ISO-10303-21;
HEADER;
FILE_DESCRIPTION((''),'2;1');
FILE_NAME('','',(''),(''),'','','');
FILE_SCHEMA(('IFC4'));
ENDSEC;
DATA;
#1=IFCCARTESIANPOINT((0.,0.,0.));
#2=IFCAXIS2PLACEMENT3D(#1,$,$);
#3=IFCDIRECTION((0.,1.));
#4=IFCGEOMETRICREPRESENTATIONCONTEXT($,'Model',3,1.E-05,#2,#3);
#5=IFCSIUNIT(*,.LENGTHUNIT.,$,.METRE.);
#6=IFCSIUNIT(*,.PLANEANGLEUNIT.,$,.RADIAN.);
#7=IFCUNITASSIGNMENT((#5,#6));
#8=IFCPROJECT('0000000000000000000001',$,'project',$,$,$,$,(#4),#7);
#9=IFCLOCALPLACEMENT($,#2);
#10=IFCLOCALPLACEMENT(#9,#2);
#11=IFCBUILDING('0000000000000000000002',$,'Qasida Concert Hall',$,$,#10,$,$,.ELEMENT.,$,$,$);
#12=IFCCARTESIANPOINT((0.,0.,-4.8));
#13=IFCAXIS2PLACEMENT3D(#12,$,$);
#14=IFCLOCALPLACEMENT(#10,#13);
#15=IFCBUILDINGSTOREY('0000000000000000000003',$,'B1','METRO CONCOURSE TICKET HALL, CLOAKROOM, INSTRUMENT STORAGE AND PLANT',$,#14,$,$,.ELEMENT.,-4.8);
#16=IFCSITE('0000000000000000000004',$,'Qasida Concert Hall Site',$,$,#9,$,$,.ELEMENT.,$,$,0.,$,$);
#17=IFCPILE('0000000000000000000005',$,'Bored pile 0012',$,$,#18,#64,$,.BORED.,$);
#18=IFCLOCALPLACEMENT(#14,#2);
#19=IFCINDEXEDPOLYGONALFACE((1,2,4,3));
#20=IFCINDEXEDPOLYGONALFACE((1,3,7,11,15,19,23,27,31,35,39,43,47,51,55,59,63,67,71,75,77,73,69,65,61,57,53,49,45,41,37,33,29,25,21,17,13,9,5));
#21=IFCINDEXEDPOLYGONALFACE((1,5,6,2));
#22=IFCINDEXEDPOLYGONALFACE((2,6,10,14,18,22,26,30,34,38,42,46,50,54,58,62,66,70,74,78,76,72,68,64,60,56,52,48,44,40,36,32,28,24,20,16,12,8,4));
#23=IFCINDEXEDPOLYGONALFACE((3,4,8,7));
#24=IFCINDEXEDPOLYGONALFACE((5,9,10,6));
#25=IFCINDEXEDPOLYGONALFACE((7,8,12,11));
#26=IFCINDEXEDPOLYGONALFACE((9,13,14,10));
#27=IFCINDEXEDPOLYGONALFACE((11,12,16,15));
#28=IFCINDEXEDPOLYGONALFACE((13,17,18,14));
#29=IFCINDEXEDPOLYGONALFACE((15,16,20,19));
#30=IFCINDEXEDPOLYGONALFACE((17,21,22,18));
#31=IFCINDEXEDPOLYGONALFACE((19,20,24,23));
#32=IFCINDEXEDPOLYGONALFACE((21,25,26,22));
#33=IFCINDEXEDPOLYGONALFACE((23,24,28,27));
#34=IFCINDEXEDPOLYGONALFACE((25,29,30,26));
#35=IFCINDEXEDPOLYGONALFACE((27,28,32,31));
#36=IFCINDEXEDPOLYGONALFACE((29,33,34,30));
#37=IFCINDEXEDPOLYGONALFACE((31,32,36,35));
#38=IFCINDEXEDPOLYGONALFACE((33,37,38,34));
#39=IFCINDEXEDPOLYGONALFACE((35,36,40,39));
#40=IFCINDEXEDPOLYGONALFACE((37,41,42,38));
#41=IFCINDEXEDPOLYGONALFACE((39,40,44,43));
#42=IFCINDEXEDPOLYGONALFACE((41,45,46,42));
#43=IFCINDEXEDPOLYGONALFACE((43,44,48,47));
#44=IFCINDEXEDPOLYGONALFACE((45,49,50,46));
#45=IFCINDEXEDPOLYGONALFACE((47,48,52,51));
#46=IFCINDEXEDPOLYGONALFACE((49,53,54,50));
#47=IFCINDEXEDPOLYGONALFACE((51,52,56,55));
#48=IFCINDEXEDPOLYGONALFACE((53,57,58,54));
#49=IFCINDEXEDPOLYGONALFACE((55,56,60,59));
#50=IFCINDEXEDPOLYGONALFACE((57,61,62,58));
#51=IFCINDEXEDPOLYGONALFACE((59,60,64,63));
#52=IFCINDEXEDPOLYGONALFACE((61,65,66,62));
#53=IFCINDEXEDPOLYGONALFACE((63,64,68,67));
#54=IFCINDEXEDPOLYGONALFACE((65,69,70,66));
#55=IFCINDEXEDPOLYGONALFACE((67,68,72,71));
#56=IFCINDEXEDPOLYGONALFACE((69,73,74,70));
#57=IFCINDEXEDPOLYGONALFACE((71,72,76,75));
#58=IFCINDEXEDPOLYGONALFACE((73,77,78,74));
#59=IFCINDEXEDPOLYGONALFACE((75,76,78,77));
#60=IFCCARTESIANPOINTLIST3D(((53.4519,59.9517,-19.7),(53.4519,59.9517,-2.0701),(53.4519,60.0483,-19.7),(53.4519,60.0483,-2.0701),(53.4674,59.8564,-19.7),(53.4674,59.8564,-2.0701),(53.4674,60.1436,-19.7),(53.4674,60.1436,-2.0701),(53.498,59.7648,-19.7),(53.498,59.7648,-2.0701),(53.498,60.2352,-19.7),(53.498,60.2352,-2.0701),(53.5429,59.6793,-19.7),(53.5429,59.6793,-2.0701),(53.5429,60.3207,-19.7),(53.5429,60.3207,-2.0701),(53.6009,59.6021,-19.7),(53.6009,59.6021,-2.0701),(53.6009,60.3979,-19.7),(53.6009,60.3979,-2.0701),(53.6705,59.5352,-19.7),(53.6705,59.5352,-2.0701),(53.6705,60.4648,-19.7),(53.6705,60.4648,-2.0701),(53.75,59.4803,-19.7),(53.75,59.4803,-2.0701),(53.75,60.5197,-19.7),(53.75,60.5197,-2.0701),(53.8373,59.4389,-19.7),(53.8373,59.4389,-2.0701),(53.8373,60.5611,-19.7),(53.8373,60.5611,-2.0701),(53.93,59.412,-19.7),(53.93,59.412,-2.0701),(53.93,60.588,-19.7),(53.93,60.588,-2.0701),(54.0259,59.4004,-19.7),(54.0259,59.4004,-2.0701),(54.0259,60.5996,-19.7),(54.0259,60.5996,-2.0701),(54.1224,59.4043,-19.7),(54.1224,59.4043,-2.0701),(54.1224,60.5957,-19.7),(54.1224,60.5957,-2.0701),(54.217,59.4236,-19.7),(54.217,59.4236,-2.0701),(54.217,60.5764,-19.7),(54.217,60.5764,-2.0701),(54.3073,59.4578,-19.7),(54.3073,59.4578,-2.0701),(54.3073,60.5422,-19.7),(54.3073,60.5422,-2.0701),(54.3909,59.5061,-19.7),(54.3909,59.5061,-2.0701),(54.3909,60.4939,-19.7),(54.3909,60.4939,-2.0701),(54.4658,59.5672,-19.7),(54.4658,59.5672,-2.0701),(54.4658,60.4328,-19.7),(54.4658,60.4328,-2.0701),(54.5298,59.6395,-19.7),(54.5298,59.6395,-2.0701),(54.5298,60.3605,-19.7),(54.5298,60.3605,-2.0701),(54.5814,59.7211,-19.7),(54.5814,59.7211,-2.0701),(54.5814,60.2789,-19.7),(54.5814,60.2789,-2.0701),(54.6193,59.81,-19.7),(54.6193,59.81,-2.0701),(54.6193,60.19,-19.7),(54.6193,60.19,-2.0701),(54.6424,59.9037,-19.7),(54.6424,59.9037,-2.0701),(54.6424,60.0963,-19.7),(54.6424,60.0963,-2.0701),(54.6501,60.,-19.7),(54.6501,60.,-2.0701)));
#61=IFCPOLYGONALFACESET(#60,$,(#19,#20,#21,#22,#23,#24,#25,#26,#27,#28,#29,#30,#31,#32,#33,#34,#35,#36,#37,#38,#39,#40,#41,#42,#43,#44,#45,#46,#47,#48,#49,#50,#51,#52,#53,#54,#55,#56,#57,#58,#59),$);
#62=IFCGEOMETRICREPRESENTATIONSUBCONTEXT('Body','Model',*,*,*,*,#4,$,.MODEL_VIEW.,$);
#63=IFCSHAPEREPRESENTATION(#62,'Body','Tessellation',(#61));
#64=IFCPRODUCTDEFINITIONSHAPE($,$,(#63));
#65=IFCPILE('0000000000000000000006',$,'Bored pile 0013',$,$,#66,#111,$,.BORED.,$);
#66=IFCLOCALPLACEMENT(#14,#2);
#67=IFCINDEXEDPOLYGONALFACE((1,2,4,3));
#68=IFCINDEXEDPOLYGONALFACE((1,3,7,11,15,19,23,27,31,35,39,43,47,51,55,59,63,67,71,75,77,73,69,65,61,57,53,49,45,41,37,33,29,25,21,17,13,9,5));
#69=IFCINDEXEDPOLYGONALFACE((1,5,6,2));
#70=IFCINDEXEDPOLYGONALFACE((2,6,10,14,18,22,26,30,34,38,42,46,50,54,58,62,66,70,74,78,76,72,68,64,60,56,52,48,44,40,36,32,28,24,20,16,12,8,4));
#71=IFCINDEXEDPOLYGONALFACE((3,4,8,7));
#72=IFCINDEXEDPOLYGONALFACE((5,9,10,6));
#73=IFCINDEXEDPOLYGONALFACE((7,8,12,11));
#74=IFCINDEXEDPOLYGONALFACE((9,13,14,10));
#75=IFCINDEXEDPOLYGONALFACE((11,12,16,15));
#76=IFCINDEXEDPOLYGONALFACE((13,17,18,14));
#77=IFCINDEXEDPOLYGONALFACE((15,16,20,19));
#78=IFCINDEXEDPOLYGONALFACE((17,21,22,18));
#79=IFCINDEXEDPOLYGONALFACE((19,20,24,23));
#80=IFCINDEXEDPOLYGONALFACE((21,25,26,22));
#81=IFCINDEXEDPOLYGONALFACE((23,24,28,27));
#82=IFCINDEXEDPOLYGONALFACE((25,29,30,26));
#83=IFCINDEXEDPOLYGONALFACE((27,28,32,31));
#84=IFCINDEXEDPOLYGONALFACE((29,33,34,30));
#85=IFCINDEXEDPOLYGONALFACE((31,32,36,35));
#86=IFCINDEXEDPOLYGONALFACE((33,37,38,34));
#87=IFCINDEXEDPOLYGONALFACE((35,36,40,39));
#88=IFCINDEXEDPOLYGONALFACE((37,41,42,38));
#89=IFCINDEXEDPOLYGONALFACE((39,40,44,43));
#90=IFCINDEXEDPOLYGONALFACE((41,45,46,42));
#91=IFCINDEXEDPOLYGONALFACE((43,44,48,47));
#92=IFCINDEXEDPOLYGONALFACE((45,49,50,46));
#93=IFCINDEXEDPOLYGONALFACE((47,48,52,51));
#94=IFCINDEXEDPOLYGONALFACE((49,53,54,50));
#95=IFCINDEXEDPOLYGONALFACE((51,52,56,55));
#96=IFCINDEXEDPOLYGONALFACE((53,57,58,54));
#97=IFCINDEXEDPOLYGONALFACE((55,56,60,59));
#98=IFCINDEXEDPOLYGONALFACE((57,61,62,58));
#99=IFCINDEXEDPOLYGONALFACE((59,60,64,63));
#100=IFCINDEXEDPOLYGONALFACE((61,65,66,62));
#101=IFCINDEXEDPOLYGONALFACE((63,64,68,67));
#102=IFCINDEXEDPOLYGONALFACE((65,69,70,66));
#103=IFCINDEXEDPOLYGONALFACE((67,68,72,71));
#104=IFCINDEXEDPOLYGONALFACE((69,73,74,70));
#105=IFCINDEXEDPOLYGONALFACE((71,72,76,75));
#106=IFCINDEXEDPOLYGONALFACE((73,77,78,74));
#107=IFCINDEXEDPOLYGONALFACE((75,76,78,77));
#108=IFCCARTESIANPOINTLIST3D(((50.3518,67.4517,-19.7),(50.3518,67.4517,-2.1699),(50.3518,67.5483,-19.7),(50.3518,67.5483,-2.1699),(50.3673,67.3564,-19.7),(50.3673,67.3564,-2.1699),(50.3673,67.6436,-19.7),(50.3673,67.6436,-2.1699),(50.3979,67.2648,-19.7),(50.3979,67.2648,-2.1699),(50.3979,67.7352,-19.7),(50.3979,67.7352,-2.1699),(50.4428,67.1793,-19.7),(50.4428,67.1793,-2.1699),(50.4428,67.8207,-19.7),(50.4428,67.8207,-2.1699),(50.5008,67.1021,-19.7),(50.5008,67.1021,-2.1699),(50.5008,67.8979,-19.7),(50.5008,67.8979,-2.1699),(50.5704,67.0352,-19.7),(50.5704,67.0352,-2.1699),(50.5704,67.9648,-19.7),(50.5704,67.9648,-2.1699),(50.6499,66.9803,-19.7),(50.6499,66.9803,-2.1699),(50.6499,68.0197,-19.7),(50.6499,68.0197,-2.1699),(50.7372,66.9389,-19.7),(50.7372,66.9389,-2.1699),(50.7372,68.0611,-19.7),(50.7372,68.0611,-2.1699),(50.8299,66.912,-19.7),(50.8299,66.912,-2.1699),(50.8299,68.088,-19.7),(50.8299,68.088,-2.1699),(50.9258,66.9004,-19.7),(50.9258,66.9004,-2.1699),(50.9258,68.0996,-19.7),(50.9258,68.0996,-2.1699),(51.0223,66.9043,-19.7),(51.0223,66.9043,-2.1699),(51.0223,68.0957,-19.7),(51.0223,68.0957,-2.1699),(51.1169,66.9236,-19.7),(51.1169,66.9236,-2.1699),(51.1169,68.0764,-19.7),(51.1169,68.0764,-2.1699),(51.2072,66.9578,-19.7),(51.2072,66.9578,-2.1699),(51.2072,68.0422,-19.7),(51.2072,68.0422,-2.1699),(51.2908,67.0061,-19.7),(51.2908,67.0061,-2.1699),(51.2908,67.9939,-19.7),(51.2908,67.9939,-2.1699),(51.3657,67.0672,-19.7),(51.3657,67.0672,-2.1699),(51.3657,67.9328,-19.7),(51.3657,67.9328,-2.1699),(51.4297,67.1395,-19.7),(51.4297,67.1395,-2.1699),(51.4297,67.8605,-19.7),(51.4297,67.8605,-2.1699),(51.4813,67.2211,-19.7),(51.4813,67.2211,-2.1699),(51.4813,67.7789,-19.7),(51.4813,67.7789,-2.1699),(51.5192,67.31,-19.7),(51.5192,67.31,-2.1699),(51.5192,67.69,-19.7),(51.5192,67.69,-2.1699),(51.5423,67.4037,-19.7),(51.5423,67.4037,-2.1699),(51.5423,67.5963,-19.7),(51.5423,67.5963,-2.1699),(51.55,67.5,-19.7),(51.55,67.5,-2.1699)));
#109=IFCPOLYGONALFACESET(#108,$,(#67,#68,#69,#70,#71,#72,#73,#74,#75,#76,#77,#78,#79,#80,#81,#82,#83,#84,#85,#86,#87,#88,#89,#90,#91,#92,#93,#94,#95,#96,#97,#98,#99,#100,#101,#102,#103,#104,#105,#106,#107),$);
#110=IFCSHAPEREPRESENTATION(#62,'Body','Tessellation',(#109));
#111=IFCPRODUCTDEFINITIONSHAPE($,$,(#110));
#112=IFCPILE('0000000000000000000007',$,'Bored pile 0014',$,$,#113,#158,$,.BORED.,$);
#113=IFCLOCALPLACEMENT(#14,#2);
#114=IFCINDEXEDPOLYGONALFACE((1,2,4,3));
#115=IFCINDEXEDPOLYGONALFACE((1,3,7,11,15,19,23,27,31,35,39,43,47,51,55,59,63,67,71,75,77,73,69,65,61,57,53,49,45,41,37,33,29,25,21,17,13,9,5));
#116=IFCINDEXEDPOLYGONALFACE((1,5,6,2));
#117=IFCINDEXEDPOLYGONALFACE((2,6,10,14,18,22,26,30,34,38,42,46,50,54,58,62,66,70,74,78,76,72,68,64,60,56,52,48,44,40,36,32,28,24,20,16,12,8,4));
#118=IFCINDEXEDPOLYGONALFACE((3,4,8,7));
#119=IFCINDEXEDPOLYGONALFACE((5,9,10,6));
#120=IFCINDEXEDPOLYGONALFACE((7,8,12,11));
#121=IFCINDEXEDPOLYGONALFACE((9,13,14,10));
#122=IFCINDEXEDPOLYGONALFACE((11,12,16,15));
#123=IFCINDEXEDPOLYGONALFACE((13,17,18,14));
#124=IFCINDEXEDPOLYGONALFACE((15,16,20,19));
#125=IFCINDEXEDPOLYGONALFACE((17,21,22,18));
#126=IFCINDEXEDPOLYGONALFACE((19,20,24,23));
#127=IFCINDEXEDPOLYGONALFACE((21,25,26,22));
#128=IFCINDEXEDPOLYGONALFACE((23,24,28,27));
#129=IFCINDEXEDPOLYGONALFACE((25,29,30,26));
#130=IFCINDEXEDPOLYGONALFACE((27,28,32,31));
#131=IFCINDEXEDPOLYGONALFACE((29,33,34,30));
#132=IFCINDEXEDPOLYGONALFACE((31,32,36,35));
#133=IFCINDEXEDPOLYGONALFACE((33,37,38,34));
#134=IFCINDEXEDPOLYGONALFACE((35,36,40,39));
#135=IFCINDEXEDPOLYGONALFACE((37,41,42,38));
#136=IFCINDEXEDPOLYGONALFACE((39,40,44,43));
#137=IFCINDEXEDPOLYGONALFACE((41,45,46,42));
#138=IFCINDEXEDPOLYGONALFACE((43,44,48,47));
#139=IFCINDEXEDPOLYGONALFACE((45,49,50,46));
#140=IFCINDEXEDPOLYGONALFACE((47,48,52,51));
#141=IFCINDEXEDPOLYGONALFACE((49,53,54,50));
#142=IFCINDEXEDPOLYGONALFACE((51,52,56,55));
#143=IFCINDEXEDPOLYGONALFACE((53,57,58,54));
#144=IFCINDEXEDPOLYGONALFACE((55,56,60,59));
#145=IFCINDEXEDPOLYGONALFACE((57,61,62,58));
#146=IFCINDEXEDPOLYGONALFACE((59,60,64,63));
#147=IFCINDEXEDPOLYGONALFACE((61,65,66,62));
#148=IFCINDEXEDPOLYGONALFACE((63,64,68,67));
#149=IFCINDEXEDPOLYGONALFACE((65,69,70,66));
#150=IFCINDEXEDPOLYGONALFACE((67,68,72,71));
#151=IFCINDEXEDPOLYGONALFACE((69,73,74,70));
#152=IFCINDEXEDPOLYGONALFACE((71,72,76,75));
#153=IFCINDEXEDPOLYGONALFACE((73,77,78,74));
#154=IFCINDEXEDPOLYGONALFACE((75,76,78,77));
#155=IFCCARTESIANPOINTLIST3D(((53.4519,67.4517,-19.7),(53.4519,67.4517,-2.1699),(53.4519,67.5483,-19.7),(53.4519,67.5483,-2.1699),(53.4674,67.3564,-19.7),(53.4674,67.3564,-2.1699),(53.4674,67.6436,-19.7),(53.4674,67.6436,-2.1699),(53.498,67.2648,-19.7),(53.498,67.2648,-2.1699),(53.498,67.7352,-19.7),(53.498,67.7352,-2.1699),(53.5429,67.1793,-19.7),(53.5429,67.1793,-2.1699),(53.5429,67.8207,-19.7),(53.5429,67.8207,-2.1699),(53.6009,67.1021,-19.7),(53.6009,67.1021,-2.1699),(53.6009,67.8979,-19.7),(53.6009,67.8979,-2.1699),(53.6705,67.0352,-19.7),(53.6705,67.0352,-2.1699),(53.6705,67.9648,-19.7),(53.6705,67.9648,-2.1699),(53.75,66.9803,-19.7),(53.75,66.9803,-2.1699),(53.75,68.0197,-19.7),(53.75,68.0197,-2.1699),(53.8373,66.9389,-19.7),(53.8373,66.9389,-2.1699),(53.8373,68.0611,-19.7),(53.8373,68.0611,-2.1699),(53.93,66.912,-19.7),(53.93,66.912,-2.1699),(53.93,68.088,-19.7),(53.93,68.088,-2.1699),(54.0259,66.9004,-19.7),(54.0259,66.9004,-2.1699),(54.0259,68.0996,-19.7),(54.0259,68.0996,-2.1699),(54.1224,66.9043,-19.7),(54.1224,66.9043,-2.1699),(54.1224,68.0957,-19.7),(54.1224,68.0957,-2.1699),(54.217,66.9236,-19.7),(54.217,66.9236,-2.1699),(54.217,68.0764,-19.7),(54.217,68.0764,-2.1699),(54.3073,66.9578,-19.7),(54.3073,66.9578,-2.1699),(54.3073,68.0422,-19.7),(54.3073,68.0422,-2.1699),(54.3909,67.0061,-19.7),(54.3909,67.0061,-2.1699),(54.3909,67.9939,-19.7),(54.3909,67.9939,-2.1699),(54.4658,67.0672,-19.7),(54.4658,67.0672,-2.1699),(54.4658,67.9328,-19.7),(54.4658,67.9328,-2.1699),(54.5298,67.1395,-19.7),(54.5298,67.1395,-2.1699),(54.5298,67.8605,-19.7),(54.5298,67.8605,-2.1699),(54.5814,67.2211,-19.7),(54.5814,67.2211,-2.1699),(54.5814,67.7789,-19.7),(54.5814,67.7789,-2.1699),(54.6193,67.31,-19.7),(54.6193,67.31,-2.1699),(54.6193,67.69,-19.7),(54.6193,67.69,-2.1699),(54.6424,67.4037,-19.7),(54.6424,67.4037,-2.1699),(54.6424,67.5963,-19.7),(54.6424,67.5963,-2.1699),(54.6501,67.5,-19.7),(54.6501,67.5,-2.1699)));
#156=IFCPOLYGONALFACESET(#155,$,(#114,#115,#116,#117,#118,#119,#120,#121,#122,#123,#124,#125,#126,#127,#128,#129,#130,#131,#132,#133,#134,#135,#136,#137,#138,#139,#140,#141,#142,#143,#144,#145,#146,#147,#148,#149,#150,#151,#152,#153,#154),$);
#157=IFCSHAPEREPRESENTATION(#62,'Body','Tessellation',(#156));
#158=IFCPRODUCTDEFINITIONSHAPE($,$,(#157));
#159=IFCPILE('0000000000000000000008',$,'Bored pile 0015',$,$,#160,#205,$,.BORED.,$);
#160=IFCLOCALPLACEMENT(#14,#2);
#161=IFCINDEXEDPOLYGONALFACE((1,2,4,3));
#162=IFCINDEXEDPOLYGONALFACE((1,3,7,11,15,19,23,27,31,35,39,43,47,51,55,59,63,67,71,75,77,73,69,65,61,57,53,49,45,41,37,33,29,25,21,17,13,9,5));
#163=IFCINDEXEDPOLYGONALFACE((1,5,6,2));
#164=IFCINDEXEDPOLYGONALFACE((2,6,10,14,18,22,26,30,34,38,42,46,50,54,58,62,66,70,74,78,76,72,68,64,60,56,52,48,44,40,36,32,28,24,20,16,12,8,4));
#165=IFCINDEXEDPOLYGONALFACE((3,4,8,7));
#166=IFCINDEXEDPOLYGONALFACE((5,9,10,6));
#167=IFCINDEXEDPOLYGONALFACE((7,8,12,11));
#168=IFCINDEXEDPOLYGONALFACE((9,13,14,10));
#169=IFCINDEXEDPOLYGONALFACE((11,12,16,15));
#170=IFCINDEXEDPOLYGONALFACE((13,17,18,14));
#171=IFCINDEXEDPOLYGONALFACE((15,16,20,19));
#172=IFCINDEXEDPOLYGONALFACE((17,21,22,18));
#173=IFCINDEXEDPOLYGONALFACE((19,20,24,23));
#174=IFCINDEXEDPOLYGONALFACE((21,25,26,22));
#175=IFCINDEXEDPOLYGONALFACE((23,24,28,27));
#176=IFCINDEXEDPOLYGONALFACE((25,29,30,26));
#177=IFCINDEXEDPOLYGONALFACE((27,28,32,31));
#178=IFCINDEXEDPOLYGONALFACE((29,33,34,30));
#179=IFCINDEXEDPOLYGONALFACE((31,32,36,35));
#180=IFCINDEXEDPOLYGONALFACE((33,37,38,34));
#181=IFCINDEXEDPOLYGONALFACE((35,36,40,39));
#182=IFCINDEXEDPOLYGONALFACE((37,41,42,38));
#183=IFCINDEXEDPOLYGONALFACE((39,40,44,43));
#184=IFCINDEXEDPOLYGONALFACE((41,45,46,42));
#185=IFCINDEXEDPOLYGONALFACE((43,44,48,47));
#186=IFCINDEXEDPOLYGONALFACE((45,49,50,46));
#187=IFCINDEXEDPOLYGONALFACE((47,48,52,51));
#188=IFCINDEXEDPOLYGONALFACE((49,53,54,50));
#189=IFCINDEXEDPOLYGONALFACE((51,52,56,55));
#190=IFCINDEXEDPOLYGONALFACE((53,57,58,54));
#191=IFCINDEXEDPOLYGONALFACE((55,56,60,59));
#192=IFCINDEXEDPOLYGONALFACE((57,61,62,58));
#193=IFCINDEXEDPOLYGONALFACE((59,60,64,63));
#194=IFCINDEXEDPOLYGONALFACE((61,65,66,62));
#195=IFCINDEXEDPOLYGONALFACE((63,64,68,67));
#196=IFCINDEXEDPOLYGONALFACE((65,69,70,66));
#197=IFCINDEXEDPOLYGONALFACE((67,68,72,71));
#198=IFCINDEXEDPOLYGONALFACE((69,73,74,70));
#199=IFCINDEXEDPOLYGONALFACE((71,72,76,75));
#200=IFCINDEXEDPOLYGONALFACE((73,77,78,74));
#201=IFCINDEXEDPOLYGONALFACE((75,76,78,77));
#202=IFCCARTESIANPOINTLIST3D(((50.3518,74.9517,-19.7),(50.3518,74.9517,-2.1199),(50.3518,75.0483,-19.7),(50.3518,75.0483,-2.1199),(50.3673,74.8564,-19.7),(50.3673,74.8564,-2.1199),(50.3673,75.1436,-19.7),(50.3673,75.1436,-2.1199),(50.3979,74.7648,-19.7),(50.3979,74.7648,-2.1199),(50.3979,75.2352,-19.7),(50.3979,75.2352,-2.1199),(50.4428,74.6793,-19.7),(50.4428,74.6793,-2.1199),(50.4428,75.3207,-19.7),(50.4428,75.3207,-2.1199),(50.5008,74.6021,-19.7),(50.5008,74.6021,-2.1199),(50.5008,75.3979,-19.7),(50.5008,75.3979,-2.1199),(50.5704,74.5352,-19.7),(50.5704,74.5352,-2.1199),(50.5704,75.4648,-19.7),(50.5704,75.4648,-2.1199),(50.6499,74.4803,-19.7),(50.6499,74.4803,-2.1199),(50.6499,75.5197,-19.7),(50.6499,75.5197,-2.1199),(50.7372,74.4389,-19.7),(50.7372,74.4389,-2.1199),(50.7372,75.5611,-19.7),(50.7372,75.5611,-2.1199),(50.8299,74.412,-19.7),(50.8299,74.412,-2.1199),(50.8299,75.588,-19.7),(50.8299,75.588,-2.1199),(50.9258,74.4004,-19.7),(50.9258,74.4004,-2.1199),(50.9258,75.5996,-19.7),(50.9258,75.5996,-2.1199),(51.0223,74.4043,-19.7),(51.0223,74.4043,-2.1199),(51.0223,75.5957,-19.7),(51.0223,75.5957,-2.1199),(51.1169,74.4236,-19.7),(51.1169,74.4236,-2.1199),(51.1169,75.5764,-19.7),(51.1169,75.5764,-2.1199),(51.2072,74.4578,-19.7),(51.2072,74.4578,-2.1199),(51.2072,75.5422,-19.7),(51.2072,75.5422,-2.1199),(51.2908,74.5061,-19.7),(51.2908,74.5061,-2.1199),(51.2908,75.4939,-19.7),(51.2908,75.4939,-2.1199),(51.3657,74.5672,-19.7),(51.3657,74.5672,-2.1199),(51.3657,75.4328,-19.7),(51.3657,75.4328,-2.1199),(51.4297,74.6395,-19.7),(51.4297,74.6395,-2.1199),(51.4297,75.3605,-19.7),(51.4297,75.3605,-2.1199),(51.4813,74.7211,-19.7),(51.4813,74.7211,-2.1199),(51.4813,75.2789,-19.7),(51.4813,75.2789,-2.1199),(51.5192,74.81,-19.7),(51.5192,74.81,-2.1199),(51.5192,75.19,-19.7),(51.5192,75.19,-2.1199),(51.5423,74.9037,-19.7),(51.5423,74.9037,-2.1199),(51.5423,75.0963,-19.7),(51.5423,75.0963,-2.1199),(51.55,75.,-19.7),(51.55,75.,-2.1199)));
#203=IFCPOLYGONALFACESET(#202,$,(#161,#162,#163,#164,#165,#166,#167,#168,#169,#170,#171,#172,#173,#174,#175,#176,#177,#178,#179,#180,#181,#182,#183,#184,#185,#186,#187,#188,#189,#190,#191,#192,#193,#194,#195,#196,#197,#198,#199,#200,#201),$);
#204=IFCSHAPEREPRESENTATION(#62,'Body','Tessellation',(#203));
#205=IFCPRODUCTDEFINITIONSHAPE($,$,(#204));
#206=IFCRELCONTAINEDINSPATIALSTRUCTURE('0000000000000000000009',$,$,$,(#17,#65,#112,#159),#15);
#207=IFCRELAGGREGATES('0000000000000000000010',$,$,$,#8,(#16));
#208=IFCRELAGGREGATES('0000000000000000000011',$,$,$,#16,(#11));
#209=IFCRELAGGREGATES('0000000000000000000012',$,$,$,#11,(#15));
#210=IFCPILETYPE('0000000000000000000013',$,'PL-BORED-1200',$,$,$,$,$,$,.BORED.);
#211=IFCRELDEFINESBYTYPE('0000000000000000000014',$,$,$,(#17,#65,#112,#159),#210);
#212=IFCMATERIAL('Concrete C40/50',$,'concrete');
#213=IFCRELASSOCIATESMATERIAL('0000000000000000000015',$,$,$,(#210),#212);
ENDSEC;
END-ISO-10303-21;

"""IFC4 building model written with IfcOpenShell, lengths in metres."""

from ifc_helpers import new_model, si_unit, direction, frame, origin, origin_2d, place, context, subcontext, project, spatial, circle, extrude, material, material_profile, profile_set, type_object, element, save


model = new_model("IFC4")

# Units and contexts
model_context = context("Model", 3, precision=1e-05, world=origin(), true_north=direction((0.0, 1.0)))
body_context = subcontext(model_context, "Body", "Model", "MODEL_VIEW")
ifc_project = project(units=[si_unit("LENGTHUNIT", "METRE"), si_unit("PLANEANGLEUNIT", "RADIAN")], contexts=[model_context])

# Site, building, storey
site_placement = place(None, origin())
site = spatial("IfcSite", under=ifc_project, at=site_placement, Name="Qasida Concert Hall Site", CompositionType="ELEMENT", RefElevation=0.0)
building_placement = place(site_placement, origin())
building = spatial("IfcBuilding", under=site, at=building_placement, Name="Qasida Concert Hall", CompositionType="ELEMENT")
storey_placement = place(building_placement, frame((0.0, 0.0, -4.8)))
storey = spatial("IfcBuildingStorey", under=building, at=storey_placement, Name="B1", Description="METRO CONCOURSE TICKET HALL, CLOAKROOM, INSTRUMENT STORAGE AND PLANT", CompositionType="ELEMENT", Elevation=-4.8)

# Shared definitions
ifc_material_1 = material(Name="Concrete C40/50", Category="concrete")

# Piles
ifc_material_profile_1 = material_profile(ifc_material_1, circle(Radius=0.6001, at=origin_2d()), Name="BORED PILE D1200")
ifc_profile_set_1 = profile_set([ifc_material_profile_1], Name="Concrete C40/50")
pile_type_1 = type_object("IfcPileType", Name="PL-BORED-1200", PredefinedType="BORED", material=ifc_profile_set_1)
for number, where, z_axis, x_axis, name in (
    (1, (54.05, 60.0, -2.0701), (0.0, 0.0, -1.0), (1.0, 0.0, 0.0), "Bored pile 0012"),
):
    element("IfcPile", number, at=place(storey_placement, frame(where, z_axis=z_axis, x_axis=x_axis)), inside=storey, type_object=pile_type_1, Name=name, PredefinedType="BORED", context=body_context, shape_type="SweptSolid", body=[
        extrude(circle(Radius=0.6001, at=origin_2d()), origin(), (0.0, 0.0, 1.0), 17.6299),
    ])
for number, where, z_axis, x_axis, name in (
    (2, (50.95, 67.5, -2.1699), (0.0, 0.0, -1.0), (1.0, 0.0, 0.0), "Bored pile 0013"),
    (3, (54.05, 67.5, -2.1699), (0.0, 0.0, -1.0), (1.0, 0.0, 0.0), "Bored pile 0014"),
):
    element("IfcPile", number, at=place(storey_placement, frame(where, z_axis=z_axis, x_axis=x_axis)), inside=storey, type_object=pile_type_1, Name=name, PredefinedType="BORED", context=body_context, shape_type="SweptSolid", body=[
        extrude(circle(Radius=0.6001, at=origin_2d()), origin(), (0.0, 0.0, 1.0), 17.53),
    ])
pile_placement = place(storey_placement, frame((50.95, 75.0, -2.1199), z_axis=(0.0, 0.0, -1.0), x_axis=(1.0, 0.0, 0.0)))
element("IfcPile", 4, at=pile_placement, inside=storey, type_object=pile_type_1, Name="Bored pile 0015", PredefinedType="BORED", context=body_context, shape_type="SweptSolid", body=[
    extrude(circle(Radius=0.6001, at=origin_2d()), origin(), (0.0, 0.0, 1.0), 17.5801),
])

save(model, "model.ifc")
